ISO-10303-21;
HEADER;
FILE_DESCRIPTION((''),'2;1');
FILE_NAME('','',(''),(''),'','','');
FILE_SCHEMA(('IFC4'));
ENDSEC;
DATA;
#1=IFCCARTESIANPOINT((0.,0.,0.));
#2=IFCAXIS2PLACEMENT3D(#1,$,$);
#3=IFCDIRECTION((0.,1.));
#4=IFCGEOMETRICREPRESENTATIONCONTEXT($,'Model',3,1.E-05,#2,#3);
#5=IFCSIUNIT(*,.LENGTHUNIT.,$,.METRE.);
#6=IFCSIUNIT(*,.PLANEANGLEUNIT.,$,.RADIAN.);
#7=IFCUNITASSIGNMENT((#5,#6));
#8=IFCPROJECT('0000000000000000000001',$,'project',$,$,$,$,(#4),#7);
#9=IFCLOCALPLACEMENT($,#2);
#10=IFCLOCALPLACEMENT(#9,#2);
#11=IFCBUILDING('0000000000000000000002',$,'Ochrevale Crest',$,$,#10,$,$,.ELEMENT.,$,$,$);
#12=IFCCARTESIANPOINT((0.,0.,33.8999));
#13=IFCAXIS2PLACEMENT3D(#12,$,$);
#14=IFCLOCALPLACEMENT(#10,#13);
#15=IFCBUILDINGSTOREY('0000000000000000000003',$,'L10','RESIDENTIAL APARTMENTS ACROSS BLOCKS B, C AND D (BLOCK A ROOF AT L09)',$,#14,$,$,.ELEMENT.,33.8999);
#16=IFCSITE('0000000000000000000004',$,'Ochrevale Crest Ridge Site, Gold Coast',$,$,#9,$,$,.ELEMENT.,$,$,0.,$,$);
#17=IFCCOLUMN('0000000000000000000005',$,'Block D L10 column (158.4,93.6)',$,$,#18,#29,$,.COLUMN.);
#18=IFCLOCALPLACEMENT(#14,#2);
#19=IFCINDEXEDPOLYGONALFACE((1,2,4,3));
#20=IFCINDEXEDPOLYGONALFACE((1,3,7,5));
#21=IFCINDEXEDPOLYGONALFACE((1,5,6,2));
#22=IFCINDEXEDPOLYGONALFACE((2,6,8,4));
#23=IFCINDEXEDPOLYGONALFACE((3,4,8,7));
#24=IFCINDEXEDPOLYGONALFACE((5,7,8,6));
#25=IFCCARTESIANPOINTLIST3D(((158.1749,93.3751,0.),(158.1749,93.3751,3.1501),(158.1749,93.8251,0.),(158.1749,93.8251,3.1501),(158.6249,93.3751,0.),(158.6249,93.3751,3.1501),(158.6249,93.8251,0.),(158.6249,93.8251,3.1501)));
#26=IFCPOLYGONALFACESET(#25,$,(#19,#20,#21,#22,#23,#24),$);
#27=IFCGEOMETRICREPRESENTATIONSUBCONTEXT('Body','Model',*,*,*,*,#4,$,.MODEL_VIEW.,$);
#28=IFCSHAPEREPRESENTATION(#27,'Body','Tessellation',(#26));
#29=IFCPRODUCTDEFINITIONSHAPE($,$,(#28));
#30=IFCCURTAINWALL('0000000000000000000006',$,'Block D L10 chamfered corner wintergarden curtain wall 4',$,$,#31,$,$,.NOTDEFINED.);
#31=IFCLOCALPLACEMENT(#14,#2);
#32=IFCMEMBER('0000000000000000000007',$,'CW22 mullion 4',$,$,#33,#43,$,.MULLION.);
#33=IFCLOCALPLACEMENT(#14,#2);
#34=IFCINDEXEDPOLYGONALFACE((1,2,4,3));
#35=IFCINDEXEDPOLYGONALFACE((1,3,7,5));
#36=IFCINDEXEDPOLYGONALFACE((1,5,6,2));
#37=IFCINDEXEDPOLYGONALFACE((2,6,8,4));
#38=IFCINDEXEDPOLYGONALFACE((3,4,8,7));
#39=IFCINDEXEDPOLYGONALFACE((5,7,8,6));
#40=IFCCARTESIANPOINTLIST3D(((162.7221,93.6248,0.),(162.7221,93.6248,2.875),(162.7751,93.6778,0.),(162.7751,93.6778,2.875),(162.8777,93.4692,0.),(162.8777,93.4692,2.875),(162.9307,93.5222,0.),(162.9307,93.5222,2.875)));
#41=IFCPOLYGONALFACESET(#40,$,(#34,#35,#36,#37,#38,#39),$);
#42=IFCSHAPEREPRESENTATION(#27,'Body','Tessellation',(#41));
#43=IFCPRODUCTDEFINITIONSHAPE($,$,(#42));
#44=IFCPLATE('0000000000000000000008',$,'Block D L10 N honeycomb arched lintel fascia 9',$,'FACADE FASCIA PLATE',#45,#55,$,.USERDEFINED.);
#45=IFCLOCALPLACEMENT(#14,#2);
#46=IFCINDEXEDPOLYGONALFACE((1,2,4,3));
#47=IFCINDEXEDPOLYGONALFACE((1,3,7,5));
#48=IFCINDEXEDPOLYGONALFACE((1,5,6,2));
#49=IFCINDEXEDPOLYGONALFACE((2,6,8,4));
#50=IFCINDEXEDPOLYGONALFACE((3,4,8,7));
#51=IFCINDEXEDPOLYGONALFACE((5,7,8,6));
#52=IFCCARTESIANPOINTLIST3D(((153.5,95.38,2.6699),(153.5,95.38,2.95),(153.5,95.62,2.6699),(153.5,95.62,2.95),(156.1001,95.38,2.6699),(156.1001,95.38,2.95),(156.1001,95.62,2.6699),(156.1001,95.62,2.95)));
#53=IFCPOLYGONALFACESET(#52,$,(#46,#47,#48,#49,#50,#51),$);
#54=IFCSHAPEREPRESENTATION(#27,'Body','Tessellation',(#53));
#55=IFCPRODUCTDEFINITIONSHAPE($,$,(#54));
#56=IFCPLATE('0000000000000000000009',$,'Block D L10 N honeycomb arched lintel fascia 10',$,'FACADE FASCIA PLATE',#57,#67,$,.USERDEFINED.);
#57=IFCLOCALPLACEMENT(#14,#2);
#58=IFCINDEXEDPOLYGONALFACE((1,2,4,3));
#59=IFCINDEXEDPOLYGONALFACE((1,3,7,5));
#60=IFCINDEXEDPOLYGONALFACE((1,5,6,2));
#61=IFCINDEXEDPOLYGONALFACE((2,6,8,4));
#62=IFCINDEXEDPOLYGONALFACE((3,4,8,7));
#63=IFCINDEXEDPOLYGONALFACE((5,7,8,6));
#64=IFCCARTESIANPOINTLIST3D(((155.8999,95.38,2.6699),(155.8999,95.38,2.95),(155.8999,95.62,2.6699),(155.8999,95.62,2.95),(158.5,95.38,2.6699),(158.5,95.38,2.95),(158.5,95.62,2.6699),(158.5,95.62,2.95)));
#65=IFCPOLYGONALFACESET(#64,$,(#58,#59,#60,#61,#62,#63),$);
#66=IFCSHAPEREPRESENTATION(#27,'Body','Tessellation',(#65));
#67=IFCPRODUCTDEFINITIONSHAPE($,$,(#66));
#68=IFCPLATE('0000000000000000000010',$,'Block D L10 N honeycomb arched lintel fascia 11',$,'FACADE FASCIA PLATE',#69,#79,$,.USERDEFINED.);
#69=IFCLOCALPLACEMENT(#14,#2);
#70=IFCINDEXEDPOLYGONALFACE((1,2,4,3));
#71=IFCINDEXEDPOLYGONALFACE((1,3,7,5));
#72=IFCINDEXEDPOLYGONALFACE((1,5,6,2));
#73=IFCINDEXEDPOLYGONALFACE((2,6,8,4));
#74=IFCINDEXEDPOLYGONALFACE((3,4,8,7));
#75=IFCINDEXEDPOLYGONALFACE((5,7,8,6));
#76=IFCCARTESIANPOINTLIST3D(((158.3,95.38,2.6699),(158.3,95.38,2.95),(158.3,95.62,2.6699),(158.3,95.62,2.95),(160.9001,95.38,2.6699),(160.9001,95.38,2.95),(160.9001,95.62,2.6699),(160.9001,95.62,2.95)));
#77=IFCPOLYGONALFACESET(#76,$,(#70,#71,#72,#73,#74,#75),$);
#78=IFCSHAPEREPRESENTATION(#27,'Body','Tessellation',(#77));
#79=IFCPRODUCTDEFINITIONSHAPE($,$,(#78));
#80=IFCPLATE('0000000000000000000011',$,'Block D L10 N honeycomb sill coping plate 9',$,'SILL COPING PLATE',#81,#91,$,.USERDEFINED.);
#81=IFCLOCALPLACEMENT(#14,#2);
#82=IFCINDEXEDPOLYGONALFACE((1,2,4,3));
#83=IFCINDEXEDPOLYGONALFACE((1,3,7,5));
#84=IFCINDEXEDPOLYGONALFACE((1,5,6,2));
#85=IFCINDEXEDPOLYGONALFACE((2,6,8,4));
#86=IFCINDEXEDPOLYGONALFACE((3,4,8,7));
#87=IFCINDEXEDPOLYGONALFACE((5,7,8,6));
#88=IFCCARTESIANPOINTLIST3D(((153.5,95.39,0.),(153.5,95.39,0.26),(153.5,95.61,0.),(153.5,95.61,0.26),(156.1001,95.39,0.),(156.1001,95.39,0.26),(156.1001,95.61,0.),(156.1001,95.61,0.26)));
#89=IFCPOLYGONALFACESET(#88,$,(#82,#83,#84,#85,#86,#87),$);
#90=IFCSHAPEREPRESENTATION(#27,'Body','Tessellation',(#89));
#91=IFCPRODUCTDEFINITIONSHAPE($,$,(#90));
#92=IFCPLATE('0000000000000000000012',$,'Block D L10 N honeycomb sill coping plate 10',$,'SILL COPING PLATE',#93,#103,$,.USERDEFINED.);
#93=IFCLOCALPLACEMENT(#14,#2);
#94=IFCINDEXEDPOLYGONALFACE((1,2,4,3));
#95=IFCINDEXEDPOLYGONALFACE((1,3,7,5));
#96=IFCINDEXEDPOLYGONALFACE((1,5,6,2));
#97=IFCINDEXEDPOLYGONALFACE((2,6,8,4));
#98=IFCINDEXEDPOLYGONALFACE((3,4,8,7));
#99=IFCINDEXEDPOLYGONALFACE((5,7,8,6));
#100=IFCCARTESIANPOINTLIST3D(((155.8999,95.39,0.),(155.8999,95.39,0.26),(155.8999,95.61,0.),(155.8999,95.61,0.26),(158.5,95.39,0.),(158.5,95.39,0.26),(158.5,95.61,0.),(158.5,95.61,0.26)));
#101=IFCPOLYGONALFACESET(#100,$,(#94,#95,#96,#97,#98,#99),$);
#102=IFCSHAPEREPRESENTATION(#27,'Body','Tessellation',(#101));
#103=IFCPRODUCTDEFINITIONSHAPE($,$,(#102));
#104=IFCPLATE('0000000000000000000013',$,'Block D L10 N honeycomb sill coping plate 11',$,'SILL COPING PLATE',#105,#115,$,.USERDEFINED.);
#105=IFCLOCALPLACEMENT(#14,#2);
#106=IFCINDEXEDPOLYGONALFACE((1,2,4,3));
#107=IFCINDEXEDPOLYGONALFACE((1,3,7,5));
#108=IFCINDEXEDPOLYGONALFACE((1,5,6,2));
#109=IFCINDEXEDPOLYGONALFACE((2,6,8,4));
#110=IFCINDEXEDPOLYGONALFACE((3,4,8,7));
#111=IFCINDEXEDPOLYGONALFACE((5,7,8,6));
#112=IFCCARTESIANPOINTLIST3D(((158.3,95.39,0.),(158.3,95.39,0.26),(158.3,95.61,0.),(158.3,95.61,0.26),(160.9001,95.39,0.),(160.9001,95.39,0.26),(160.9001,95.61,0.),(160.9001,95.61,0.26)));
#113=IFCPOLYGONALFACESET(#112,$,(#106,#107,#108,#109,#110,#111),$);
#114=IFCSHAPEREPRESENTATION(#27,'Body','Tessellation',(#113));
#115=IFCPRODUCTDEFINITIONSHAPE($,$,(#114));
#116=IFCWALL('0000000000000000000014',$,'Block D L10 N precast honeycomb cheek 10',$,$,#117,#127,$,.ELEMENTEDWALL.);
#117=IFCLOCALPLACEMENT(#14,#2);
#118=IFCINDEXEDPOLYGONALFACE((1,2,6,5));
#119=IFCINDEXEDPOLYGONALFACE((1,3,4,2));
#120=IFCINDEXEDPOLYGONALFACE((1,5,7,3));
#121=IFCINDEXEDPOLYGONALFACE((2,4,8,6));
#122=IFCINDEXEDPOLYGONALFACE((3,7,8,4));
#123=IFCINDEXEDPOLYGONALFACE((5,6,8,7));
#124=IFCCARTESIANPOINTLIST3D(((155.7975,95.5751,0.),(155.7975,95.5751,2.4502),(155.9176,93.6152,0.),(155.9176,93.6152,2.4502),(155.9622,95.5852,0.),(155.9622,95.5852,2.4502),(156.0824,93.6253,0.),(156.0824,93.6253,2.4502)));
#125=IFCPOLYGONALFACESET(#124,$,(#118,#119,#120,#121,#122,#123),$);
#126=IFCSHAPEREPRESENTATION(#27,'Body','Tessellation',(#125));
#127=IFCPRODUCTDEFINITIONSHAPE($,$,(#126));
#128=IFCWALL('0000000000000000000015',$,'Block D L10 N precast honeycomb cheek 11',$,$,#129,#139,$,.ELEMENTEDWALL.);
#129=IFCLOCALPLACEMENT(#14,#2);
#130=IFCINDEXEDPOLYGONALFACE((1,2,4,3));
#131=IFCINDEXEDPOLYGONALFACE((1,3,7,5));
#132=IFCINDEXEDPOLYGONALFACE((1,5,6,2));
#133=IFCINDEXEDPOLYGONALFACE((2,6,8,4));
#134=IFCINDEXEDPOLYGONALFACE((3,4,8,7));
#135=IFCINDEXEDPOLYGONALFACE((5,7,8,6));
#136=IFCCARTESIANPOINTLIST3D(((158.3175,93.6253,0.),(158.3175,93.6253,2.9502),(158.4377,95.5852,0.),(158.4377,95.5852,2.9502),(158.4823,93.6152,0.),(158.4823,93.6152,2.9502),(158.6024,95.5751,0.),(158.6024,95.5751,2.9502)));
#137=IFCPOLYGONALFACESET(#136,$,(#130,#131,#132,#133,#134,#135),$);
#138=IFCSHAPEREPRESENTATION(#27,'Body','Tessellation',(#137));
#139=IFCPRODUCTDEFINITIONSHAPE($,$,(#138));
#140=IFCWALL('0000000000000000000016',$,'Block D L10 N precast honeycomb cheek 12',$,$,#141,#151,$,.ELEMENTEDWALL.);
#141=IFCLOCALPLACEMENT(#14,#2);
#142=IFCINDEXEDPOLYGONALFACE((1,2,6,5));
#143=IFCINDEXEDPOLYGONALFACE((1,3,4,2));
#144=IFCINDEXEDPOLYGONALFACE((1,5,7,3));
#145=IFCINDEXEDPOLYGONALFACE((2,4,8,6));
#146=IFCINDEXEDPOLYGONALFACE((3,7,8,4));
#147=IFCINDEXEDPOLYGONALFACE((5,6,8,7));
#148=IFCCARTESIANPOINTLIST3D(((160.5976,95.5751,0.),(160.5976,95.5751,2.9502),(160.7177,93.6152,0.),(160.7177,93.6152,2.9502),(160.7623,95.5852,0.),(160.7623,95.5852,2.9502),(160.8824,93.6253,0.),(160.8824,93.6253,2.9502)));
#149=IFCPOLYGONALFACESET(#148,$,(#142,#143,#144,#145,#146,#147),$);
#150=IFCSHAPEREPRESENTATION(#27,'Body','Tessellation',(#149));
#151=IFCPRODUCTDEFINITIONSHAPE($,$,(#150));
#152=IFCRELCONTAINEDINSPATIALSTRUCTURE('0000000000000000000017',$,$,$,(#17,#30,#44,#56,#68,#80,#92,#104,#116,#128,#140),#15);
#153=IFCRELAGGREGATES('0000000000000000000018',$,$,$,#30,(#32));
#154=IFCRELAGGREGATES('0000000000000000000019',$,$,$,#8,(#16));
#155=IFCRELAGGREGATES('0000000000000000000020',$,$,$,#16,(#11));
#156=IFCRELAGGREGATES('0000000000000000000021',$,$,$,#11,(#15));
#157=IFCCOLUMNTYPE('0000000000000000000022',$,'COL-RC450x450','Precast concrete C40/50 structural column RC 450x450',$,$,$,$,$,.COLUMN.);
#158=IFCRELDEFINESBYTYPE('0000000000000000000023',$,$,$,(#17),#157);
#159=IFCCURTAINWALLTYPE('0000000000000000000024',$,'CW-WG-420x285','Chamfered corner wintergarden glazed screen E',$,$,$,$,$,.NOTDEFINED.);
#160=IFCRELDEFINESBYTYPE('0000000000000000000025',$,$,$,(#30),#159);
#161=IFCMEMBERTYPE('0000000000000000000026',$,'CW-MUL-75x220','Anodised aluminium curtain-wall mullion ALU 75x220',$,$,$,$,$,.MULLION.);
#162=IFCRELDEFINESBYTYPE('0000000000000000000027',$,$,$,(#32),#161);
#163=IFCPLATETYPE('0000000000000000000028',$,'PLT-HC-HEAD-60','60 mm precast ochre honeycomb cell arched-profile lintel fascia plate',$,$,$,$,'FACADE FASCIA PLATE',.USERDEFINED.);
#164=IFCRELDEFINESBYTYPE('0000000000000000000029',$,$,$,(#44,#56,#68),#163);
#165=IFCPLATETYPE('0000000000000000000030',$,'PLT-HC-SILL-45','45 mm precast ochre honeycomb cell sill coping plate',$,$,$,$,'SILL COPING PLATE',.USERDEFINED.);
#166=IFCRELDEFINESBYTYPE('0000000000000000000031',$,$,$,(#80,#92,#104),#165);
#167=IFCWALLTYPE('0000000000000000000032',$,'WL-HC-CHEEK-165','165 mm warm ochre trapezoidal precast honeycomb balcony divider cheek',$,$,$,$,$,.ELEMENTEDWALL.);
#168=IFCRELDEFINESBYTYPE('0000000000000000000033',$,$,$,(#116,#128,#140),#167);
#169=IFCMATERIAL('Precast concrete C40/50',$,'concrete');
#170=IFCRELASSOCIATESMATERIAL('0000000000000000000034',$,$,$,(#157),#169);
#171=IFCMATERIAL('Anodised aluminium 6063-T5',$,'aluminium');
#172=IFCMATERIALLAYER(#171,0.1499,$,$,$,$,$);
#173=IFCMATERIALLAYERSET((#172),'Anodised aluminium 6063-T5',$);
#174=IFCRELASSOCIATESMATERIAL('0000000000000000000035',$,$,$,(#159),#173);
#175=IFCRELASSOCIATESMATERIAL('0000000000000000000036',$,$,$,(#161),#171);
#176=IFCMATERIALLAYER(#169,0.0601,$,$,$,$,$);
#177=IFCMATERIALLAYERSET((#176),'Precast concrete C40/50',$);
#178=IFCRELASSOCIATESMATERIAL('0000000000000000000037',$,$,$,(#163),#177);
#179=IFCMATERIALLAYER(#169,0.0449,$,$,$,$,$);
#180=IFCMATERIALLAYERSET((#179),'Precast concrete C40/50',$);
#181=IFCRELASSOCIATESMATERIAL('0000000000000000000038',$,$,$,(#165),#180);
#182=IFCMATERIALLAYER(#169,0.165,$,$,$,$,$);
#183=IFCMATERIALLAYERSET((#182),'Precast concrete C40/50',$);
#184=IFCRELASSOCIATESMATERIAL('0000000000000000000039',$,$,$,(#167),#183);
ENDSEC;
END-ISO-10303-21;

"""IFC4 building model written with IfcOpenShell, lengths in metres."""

from ifc_helpers import new_model, si_unit, direction, frame, frame_2d, origin, origin_2d, place, context, subcontext, project, spatial, rectangle, extrude, material, layer, layer_set, material_profile, profile_set, type_object, element, aggregate, save


model = new_model("IFC4")

# Units and contexts
model_context = context("Model", 3, precision=1e-05, world=origin(), true_north=direction((0.0, 1.0)))
body_context = subcontext(model_context, "Body", "Model", "MODEL_VIEW")
ifc_project = project(units=[si_unit("LENGTHUNIT", "METRE"), si_unit("PLANEANGLEUNIT", "RADIAN")], contexts=[model_context])

# Site, building, storey
site_placement = place(None, origin())
site = spatial("IfcSite", under=ifc_project, at=site_placement, Name="Ochrevale Crest Ridge Site, Gold Coast", CompositionType="ELEMENT", RefElevation=0.0)
building_placement = place(site_placement, origin())
building = spatial("IfcBuilding", under=site, at=building_placement, Name="Ochrevale Crest", CompositionType="ELEMENT")
storey_placement = place(building_placement, frame((0.0, 0.0, 33.8999)))
storey = spatial("IfcBuildingStorey", under=building, at=storey_placement, Name="L10", Description="RESIDENTIAL APARTMENTS ACROSS BLOCKS B, C AND D (BLOCK A ROOF AT L09)", CompositionType="ELEMENT", Elevation=33.8999)

# Column
ifc_material_1 = material(Name="Precast concrete C40/50", Category="concrete")
ifc_material_profile_1 = material_profile(ifc_material_1, rectangle(XDim=0.45, YDim=0.45, at=origin_2d()), Name="RC 450x450")
ifc_profile_set_1 = profile_set([ifc_material_profile_1], Name="Precast concrete C40/50")
column_type = type_object("IfcColumnType", Name="COL-RC450x450", Description="Precast concrete C40/50 structural column RC 450x450", PredefinedType="COLUMN", material=ifc_profile_set_1)
column_placement = place(storey_placement, frame((158.3999, 93.6001, 0.0), z_axis=(0.0, 0.0, 1.0), x_axis=(1.0, 0.0, 0.0)))
element("IfcColumn", 1, at=column_placement, inside=storey, type_object=column_type, Name="Block D L10 column (158.4,93.6)", PredefinedType="COLUMN", context=body_context, shape_type="SweptSolid", body=[
    extrude(rectangle(XDim=0.45, YDim=0.45, at=origin_2d()), origin(), (0.0, 0.0, 1.0), 3.1501),
])

# Curtain wall, member
ifc_material_2 = material(Name="Anodised aluminium 6063-T5", Category="aluminium")
ifc_layer_1 = layer(ifc_material_2, 0.1499)
ifc_layer_set_1 = layer_set([ifc_layer_1], Name="Anodised aluminium 6063-T5")
curtain_wall_type = type_object("IfcCurtainWallType", Name="CW-WG-420x285", Description="Chamfered corner wintergarden glazed screen E", PredefinedType="NOTDEFINED", material=ifc_layer_set_1)
curtain_wall_placement = place(storey_placement, origin())
curtain_wall = element("IfcCurtainWall", 2, at=curtain_wall_placement, inside=storey, type_object=curtain_wall_type, Name="Block D L10 chamfered corner wintergarden curtain wall 4", PredefinedType="NOTDEFINED")
ifc_material_profile_2 = material_profile(ifc_material_2, rectangle(XDim=0.075, YDim=0.22, at=origin_2d()), Name="ALU 75x220")
ifc_profile_set_2 = profile_set([ifc_material_profile_2], Name="Anodised aluminium 6063-T5")
member_type = type_object("IfcMemberType", Name="CW-MUL-75x220", Description="Anodised aluminium curtain-wall mullion ALU 75x220", PredefinedType="MULLION", material=ifc_profile_set_2)
member_placement = place(storey_placement, frame((162.8264, 93.5735, 0.0), z_axis=(0.0, 0.0, 1.0), x_axis=(-0.707107, -0.707107, 0.0)))
member = element("IfcMember", 3, at=member_placement, type_object=member_type, Name="CW22 mullion 4", PredefinedType="MULLION", context=body_context, shape_type="SweptSolid", body=[
    extrude(rectangle(XDim=0.075, YDim=0.22, at=origin_2d()), origin(), (0.0, 0.0, 1.0), 2.875),
])
aggregate(curtain_wall, [member])

# Plates
ifc_layer_2 = layer(ifc_material_1, 0.0601)
ifc_layer_set_2 = layer_set([ifc_layer_2], Name="Precast concrete C40/50")
plate_type_1 = type_object("IfcPlateType", Name="PLT-HC-HEAD-60", Description="60 mm precast ochre honeycomb cell arched-profile lintel fascia plate", ElementType="FACADE FASCIA PLATE", PredefinedType="USERDEFINED", material=ifc_layer_set_2)
for number, where, z_axis, x_axis, name in (
    (4, (154.8, 95.5, 2.6699), (0.0, 0.0, 1.0), (1.0, 0.0, 0.0), "Block D L10 N honeycomb arched lintel fascia 9"),
    (5, (157.2, 95.5, 2.6699), (0.0, 0.0, 1.0), (1.0, 0.0, 0.0), "Block D L10 N honeycomb arched lintel fascia 10"),
    (6, (159.6001, 95.5, 2.6699), (0.0, 0.0, 1.0), (1.0, 0.0, 0.0), "Block D L10 N honeycomb arched lintel fascia 11"),
):
    element("IfcPlate", number, at=place(storey_placement, frame(where, z_axis=z_axis, x_axis=x_axis)), inside=storey, type_object=plate_type_1, Name=name, ObjectType="FACADE FASCIA PLATE", PredefinedType="USERDEFINED", context=body_context, shape_type="SweptSolid", body=[
        extrude(rectangle(XDim=2.6001, YDim=0.24, at=origin_2d()), origin(), (0.0, 0.0, 1.0), 0.28),
    ])
ifc_layer_3 = layer(ifc_material_1, 0.0449)
ifc_layer_set_3 = layer_set([ifc_layer_3], Name="Precast concrete C40/50")
plate_type_2 = type_object("IfcPlateType", Name="PLT-HC-SILL-45", Description="45 mm precast ochre honeycomb cell sill coping plate", ElementType="SILL COPING PLATE", PredefinedType="USERDEFINED", material=ifc_layer_set_3)
for number, where, z_axis, x_axis, name in (
    (7, (154.8, 95.5, 0.0), (0.0, 0.0, 1.0), (1.0, 0.0, 0.0), "Block D L10 N honeycomb sill coping plate 9"),
    (8, (157.2, 95.5, 0.0), (0.0, 0.0, 1.0), (1.0, 0.0, 0.0), "Block D L10 N honeycomb sill coping plate 10"),
    (9, (159.6001, 95.5, 0.0), (0.0, 0.0, 1.0), (1.0, 0.0, 0.0), "Block D L10 N honeycomb sill coping plate 11"),
):
    element("IfcPlate", number, at=place(storey_placement, frame(where, z_axis=z_axis, x_axis=x_axis)), inside=storey, type_object=plate_type_2, Name=name, ObjectType="SILL COPING PLATE", PredefinedType="USERDEFINED", context=body_context, shape_type="SweptSolid", body=[
        extrude(rectangle(XDim=2.6001, YDim=0.22, at=origin_2d()), origin(), (0.0, 0.0, 1.0), 0.26),
    ])

# Walls
ifc_layer_4 = layer(ifc_material_1, 0.165)
ifc_layer_set_4 = layer_set([ifc_layer_4], Name="Precast concrete C40/50")
wall_type_1 = type_object("IfcWallType", Name="WL-HC-CHEEK-165", Description="165 mm warm ochre trapezoidal precast honeycomb balcony divider cheek", PredefinedType="ELEMENTEDWALL", material=ifc_layer_set_4)
wall_1_placement = place(storey_placement, frame((156.0, 93.6201, 0.0), z_axis=(0.0, 0.0, 1.0), x_axis=(-0.061171, 0.998127, 0.0)))
element("IfcWall", 10, at=wall_1_placement, inside=storey, type_object=wall_type_1, Name="Block D L10 N precast honeycomb cheek 10", PredefinedType="ELEMENTEDWALL", context=body_context, shape_type="SweptSolid", body=[
    extrude(rectangle(XDim=1.9636, YDim=0.165, at=frame_2d((0.9819, 0.0))), origin(), (0.0, 0.0, 1.0), 2.4502),
])
for number, where, z_axis, x_axis, name in (
    (11, (158.3999, 93.6201, 0.0), (0.0, 0.0, 1.0), (0.061171, 0.998127, 0.0), "Block D L10 N precast honeycomb cheek 11"),
    (12, (160.8, 93.6201, 0.0), (0.0, 0.0, 1.0), (-0.061171, 0.998127, 0.0), "Block D L10 N precast honeycomb cheek 12"),
):
    element("IfcWall", number, at=place(storey_placement, frame(where, z_axis=z_axis, x_axis=x_axis)), inside=storey, type_object=wall_type_1, Name=name, PredefinedType="ELEMENTEDWALL", context=body_context, shape_type="SweptSolid", body=[
        extrude(rectangle(XDim=1.9636, YDim=0.165, at=frame_2d((0.9819, 0.0))), origin(), (0.0, 0.0, 1.0), 2.9502),
    ])

save(model, "model.ifc")
